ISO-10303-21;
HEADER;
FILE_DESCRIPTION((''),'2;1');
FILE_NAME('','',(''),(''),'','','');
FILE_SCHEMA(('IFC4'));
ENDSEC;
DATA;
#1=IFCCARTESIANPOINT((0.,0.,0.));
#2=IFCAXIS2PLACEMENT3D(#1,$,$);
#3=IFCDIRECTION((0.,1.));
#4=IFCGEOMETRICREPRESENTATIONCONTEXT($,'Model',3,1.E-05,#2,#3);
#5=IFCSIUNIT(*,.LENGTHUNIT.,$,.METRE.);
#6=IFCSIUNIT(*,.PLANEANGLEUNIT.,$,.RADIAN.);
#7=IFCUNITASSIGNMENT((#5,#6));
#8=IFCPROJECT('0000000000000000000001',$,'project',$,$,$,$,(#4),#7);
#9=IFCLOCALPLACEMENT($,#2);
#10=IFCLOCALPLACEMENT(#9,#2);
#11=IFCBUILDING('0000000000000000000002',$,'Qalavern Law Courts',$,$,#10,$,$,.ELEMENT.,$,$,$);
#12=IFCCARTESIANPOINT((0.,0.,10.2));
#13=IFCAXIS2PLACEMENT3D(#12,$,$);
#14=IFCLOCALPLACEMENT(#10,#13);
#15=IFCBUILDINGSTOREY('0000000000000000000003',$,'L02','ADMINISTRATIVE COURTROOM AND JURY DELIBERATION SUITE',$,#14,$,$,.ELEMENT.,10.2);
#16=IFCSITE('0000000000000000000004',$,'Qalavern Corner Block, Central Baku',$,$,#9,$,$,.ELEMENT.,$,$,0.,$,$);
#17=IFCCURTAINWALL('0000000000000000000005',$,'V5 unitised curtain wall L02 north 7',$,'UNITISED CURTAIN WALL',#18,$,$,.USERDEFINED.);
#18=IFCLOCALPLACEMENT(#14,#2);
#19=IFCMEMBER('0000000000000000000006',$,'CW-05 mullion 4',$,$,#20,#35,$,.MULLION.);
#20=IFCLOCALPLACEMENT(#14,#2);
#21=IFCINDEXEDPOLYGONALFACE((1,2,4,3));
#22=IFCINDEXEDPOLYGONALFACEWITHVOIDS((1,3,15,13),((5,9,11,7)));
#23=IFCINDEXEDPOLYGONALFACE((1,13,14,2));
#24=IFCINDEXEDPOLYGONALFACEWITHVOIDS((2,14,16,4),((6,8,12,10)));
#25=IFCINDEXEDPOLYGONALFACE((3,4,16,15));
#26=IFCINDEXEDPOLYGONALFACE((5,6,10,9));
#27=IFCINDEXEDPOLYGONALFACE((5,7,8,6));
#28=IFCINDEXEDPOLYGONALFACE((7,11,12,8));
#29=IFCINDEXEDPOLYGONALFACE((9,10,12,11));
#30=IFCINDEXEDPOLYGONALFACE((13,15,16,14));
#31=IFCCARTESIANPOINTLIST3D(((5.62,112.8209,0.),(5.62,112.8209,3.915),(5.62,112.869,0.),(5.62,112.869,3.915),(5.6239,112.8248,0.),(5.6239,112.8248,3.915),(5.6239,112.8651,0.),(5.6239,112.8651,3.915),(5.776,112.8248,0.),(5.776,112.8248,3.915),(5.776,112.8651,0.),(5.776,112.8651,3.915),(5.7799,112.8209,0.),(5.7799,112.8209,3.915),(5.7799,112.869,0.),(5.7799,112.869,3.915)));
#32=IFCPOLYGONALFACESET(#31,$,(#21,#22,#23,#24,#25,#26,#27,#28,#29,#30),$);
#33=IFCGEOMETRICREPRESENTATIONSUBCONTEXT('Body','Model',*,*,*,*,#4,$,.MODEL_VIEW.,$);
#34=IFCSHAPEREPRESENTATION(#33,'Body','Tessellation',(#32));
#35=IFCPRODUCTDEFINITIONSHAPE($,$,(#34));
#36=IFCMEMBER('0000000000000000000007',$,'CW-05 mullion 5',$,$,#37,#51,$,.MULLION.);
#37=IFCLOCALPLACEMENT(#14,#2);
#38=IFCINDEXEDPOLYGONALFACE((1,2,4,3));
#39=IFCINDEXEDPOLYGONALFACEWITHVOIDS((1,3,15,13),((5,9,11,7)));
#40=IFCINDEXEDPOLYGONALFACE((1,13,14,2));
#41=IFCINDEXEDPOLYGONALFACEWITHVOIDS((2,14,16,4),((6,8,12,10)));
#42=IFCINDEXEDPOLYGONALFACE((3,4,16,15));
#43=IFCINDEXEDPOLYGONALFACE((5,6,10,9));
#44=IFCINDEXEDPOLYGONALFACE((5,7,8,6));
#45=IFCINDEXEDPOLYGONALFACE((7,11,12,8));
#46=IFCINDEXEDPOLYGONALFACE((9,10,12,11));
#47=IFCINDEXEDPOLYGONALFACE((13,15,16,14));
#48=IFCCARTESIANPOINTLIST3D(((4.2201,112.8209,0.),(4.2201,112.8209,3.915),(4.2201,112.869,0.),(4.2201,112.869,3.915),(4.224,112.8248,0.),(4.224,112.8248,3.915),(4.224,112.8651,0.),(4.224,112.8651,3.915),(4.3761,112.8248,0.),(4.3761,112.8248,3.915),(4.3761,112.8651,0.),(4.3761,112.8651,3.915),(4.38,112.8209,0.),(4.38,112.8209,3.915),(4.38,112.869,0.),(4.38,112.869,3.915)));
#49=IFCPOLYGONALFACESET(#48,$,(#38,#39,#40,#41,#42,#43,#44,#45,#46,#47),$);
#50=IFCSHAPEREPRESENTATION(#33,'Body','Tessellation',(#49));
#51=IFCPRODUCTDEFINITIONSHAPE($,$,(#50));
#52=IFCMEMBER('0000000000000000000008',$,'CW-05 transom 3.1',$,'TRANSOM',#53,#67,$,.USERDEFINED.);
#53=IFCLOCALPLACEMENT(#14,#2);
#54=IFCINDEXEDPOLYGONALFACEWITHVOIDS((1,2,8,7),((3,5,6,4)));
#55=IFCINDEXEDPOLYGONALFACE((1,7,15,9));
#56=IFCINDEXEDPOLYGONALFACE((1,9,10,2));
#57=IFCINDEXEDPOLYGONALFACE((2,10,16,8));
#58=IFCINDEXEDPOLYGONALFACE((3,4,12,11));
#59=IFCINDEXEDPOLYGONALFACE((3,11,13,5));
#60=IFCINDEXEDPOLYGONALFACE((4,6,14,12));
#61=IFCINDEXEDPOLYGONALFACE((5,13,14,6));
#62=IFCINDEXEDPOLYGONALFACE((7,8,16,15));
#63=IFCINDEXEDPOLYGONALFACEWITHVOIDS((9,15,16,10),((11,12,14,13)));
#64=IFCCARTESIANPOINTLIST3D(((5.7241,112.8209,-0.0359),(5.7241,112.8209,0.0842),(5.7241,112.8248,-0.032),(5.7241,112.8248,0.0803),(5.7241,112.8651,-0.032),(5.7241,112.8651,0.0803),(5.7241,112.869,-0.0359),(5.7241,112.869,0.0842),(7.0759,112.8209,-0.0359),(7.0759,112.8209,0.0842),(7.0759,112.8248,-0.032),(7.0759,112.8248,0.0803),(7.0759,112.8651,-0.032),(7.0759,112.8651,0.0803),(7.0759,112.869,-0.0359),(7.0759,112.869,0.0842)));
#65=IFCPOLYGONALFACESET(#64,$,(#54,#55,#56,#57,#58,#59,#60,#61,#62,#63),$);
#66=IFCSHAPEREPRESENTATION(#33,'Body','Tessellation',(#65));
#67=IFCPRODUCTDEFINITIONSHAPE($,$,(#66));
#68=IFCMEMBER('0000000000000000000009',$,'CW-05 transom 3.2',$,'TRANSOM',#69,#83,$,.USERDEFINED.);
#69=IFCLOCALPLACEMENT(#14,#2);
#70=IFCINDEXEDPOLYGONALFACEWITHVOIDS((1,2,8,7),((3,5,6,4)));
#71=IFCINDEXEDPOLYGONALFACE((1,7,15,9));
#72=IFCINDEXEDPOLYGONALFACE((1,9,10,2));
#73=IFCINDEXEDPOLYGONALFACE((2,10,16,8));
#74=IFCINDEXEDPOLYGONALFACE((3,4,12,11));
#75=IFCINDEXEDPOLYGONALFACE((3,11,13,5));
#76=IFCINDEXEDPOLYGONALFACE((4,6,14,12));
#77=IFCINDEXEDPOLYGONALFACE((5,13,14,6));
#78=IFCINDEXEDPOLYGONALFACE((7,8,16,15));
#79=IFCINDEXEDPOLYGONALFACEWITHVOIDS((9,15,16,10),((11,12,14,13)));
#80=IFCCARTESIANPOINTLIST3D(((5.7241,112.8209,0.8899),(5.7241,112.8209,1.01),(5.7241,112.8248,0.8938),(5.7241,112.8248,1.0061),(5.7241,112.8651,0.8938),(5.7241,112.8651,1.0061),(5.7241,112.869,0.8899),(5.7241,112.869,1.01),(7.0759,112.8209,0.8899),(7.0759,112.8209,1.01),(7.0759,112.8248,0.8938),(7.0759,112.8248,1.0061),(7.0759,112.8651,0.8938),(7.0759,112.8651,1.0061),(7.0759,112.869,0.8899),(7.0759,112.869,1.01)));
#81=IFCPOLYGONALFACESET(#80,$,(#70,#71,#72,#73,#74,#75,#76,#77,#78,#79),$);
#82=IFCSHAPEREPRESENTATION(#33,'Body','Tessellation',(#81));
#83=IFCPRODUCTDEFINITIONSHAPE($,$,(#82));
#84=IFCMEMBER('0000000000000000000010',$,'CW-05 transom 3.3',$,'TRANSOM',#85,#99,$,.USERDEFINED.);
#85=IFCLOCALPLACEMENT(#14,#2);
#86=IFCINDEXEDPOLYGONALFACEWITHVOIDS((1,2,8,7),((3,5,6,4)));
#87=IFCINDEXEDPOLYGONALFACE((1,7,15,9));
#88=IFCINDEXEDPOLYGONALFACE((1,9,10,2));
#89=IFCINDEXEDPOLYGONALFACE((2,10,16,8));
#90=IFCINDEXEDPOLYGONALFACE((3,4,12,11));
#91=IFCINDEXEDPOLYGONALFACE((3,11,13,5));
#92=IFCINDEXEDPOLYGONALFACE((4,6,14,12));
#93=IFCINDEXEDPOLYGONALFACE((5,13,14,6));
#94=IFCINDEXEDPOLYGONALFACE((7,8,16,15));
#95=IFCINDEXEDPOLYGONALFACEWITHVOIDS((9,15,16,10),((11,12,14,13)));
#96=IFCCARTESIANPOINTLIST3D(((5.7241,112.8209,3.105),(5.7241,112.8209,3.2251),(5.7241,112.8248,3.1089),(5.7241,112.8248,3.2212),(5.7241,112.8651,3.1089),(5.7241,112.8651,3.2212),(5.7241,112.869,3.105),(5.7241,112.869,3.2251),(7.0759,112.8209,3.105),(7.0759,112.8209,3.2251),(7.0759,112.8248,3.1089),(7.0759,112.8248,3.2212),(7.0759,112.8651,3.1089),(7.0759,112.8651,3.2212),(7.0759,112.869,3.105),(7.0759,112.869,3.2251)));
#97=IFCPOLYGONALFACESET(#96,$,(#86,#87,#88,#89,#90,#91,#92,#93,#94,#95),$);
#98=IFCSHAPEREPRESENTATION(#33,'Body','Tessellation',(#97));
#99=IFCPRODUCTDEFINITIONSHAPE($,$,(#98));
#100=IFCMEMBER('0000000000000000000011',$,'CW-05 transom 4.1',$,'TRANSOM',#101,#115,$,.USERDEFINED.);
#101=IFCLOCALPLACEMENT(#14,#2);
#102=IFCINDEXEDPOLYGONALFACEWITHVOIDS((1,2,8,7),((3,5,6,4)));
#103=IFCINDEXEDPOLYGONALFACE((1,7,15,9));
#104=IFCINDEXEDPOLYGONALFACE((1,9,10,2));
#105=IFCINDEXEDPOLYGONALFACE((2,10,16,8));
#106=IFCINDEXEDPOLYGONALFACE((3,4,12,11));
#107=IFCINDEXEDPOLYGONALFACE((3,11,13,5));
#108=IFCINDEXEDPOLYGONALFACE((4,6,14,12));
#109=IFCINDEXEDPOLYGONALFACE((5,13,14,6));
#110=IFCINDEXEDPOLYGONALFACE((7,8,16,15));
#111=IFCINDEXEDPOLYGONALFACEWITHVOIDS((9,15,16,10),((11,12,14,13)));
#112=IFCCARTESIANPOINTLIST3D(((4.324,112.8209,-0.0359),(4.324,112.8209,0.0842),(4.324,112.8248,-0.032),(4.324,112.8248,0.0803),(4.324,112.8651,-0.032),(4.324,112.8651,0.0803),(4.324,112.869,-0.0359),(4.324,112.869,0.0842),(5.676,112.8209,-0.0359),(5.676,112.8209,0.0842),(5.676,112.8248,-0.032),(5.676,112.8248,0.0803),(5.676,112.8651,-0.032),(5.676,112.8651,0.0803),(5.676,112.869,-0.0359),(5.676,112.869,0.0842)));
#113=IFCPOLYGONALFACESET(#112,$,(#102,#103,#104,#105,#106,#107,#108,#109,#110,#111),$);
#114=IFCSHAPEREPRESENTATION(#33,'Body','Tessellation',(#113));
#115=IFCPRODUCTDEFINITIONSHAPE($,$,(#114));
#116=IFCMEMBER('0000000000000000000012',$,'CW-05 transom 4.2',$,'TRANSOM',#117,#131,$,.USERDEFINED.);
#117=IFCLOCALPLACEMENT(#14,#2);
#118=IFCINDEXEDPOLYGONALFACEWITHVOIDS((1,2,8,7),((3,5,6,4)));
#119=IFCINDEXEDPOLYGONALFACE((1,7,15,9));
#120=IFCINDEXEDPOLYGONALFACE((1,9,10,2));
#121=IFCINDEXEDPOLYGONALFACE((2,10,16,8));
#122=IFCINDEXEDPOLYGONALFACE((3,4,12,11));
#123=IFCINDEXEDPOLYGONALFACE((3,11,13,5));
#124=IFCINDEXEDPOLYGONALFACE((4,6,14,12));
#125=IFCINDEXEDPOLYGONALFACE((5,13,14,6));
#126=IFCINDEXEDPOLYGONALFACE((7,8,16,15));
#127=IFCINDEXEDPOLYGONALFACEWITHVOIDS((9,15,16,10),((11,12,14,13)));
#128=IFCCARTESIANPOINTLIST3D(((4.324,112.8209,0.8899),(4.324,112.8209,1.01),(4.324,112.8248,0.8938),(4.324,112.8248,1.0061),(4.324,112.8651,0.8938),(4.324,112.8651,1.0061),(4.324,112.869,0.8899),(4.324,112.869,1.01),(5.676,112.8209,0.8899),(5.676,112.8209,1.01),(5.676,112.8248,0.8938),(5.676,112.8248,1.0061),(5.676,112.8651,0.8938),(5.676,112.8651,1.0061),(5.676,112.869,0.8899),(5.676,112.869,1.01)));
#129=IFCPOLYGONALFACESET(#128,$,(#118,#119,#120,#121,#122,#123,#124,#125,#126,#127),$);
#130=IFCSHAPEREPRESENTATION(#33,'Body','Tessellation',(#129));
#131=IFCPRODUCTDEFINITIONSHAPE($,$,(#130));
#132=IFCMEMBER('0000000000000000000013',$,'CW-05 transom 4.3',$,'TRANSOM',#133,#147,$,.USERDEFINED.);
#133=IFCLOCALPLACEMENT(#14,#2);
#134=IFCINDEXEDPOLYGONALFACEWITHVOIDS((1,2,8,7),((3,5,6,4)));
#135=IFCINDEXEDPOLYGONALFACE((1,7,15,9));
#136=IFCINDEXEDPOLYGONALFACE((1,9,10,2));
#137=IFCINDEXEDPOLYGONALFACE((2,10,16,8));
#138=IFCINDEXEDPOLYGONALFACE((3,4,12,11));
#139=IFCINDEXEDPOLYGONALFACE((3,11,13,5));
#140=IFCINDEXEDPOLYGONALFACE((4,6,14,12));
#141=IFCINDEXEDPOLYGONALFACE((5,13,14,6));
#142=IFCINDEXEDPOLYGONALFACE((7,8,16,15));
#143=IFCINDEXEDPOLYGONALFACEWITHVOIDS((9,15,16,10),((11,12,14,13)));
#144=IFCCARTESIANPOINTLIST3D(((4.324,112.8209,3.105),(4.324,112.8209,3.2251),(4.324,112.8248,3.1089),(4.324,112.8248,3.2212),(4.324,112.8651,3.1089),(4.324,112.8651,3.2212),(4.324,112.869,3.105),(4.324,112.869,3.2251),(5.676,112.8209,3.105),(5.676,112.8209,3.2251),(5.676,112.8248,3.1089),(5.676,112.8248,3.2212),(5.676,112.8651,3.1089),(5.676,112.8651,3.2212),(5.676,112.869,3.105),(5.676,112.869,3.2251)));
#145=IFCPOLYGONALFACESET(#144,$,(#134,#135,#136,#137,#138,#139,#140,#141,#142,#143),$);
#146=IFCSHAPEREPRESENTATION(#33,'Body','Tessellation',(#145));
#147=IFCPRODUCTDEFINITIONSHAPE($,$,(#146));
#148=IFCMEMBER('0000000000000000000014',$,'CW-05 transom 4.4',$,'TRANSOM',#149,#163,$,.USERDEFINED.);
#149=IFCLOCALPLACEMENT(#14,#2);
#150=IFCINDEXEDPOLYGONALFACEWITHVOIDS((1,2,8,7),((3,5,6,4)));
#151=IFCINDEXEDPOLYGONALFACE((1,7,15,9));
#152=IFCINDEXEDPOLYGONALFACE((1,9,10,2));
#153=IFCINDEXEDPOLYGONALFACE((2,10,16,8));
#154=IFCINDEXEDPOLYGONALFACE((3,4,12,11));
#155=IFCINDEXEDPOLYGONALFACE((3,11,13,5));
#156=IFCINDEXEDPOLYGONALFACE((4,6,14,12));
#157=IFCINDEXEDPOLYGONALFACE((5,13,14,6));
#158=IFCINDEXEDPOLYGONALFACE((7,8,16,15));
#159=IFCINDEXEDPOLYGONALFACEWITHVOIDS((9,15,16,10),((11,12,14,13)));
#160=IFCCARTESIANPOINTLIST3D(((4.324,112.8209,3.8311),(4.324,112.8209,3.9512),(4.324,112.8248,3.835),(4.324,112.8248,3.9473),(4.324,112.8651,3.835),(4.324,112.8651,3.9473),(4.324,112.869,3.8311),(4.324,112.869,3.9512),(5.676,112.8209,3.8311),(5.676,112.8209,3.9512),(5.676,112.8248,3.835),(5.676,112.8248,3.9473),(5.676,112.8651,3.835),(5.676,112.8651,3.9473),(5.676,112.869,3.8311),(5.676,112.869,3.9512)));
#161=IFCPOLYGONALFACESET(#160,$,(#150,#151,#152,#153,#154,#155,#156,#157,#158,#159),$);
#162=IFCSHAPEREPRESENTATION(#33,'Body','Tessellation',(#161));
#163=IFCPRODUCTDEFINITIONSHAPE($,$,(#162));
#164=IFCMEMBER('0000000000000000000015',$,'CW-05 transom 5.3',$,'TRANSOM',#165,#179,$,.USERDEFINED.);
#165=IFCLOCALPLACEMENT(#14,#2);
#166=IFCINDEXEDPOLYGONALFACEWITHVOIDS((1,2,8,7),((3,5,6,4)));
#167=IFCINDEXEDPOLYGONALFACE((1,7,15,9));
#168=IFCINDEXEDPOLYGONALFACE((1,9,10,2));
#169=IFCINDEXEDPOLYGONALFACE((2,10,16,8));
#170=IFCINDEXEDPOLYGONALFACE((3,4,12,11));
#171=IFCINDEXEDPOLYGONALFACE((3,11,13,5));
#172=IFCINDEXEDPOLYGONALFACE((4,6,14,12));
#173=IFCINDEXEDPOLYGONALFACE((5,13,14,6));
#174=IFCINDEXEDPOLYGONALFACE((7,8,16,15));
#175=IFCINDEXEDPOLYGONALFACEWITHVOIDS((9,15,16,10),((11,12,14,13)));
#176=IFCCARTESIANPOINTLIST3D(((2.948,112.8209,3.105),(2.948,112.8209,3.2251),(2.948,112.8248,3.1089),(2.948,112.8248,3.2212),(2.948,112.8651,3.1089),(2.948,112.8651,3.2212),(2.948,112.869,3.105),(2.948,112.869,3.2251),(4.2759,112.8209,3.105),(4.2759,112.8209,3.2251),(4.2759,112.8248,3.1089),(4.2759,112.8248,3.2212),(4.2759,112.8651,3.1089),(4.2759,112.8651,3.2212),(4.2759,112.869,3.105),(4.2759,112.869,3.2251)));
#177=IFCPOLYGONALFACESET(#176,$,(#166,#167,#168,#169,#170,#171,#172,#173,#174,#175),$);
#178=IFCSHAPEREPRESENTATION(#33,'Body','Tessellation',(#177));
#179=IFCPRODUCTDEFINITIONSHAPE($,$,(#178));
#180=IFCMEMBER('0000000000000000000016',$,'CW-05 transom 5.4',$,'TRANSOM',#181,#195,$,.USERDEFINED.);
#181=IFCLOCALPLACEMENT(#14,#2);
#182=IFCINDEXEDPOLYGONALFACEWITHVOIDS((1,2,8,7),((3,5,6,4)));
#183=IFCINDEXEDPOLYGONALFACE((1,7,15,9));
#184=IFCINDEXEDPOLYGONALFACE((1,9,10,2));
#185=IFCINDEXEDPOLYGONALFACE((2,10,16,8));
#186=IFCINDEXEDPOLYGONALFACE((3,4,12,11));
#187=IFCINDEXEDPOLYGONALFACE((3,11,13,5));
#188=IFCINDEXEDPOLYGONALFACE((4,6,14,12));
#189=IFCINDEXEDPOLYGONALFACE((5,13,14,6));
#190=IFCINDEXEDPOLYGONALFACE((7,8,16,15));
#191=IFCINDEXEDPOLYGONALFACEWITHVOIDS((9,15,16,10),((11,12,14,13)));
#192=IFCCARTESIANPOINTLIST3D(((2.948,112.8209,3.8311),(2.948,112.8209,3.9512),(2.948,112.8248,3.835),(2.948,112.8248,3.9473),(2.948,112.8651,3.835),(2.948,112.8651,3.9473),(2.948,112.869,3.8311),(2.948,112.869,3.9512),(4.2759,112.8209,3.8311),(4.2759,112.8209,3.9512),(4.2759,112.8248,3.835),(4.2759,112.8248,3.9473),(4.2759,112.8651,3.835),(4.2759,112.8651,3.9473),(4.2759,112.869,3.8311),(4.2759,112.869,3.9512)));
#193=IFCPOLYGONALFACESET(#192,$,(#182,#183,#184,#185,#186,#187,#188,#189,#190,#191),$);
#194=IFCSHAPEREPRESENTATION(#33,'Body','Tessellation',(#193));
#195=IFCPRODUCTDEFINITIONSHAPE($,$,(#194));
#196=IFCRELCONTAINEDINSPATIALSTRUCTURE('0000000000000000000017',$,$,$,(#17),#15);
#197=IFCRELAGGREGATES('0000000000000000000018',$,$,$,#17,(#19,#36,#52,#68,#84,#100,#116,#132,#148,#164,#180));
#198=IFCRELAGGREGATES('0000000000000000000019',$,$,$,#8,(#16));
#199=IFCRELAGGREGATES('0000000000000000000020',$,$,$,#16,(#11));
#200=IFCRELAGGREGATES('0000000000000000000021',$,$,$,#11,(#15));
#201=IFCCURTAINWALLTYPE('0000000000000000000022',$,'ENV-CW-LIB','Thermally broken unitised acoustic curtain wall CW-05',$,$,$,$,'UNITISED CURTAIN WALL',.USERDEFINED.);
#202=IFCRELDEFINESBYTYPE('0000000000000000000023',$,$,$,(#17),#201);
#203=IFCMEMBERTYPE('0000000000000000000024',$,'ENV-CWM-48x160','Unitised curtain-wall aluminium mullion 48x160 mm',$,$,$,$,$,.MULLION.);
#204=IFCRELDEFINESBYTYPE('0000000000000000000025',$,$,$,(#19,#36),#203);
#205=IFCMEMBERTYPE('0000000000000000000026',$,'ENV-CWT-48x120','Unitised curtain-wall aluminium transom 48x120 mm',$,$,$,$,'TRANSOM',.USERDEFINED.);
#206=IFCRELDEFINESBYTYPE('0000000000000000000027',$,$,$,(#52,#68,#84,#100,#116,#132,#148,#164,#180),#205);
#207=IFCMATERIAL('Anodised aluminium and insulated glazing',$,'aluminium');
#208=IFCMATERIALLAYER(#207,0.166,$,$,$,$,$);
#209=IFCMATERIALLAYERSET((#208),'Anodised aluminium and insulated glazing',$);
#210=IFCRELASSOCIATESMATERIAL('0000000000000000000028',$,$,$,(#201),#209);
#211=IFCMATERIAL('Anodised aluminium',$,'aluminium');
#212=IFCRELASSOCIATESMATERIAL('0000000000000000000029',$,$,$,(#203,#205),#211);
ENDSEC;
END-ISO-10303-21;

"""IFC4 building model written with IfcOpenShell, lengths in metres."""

from ifc_helpers import new_model, si_unit, direction, frame, origin, origin_2d, place, context, subcontext, project, spatial, hollow_rectangle, extrude, material, layer, layer_set, material_profile, profile_set, type_object, element, aggregate, save


model = new_model("IFC4")

# Units and contexts
model_context = context("Model", 3, precision=1e-05, world=origin(), true_north=direction((0.0, 1.0)))
body_context = subcontext(model_context, "Body", "Model", "MODEL_VIEW")
ifc_project = project(units=[si_unit("LENGTHUNIT", "METRE"), si_unit("PLANEANGLEUNIT", "RADIAN")], contexts=[model_context])

# Site, building, storey
site_placement = place(None, origin())
site = spatial("IfcSite", under=ifc_project, at=site_placement, Name="Qalavern Corner Block, Central Baku", CompositionType="ELEMENT", RefElevation=0.0)
building_placement = place(site_placement, origin())
building = spatial("IfcBuilding", under=site, at=building_placement, Name="Qalavern Law Courts", CompositionType="ELEMENT")
storey_placement = place(building_placement, frame((0.0, 0.0, 10.2)))
storey = spatial("IfcBuildingStorey", under=building, at=storey_placement, Name="L02", Description="ADMINISTRATIVE COURTROOM AND JURY DELIBERATION SUITE", CompositionType="ELEMENT", Elevation=10.2)

# Curtain wall, members
ifc_material_1 = material(Name="Anodised aluminium and insulated glazing", Category="aluminium")
ifc_layer_1 = layer(ifc_material_1, 0.166)
ifc_layer_set_1 = layer_set([ifc_layer_1], Name="Anodised aluminium and insulated glazing")
curtain_wall_type = type_object("IfcCurtainWallType", Name="ENV-CW-LIB", Description="Thermally broken unitised acoustic curtain wall CW-05", ElementType="UNITISED CURTAIN WALL", PredefinedType="USERDEFINED", material=ifc_layer_set_1)
curtain_wall_placement = place(storey_placement, origin())
curtain_wall = element("IfcCurtainWall", 1, at=curtain_wall_placement, inside=storey, type_object=curtain_wall_type, Name="V5 unitised curtain wall L02 north 7", ObjectType="UNITISED CURTAIN WALL", PredefinedType="USERDEFINED")
ifc_material_2 = material(Name="Anodised aluminium", Category="aluminium")
ifc_material_profile_1 = material_profile(ifc_material_2, hollow_rectangle(XDim=0.0481, YDim=0.1599, WallThickness=0.0039, at=origin_2d()), Name="ALU MULLION 48x160")
ifc_profile_set_1 = profile_set([ifc_material_profile_1], Name="Anodised aluminium")
member_type_1 = type_object("IfcMemberType", Name="ENV-CWM-48x160", Description="Unitised curtain-wall aluminium mullion 48x160 mm", PredefinedType="MULLION", material=ifc_profile_set_1)
member_1_placement = place(storey_placement, frame((5.7, 112.845, 0.0), z_axis=(0.0, 0.0, 1.0), x_axis=(0.0, -1.0, 0.0)))
member_1 = element("IfcMember", 2, at=member_1_placement, type_object=member_type_1, Name="CW-05 mullion 4", PredefinedType="MULLION", context=body_context, shape_type="SweptSolid", body=[
    extrude(hollow_rectangle(XDim=0.0481, YDim=0.1599, WallThickness=0.0039, at=origin_2d()), origin(), (0.0, 0.0, 1.0), 3.915),
])
member_2_placement = place(storey_placement, frame((4.3, 112.845, 0.0), z_axis=(0.0, 0.0, 1.0), x_axis=(0.0, -1.0, 0.0)))
member_2 = element("IfcMember", 3, at=member_2_placement, type_object=member_type_1, Name="CW-05 mullion 5", PredefinedType="MULLION", context=body_context, shape_type="SweptSolid", body=[
    extrude(hollow_rectangle(XDim=0.0481, YDim=0.1599, WallThickness=0.0039, at=origin_2d()), origin(), (0.0, 0.0, 1.0), 3.915),
])
ifc_material_profile_2 = material_profile(ifc_material_2, hollow_rectangle(XDim=0.0481, YDim=0.1201, WallThickness=0.0039, at=origin_2d()), Name="ALU TRANSOM 48x120")
ifc_profile_set_2 = profile_set([ifc_material_profile_2], Name="Anodised aluminium")
member_type_2 = type_object("IfcMemberType", Name="ENV-CWT-48x120", Description="Unitised curtain-wall aluminium transom 48x120 mm", ElementType="TRANSOM", PredefinedType="USERDEFINED", material=ifc_profile_set_2)
member_3_placement = place(storey_placement, frame((7.0759, 112.845, 0.0242), z_axis=(-1.0, 0.0, 0.0), x_axis=(0.0, -1.0, 0.0)))
member_3 = element("IfcMember", 4, at=member_3_placement, type_object=member_type_2, Name="CW-05 transom 3.1", ObjectType="TRANSOM", PredefinedType="USERDEFINED", context=body_context, shape_type="SweptSolid", body=[
    extrude(hollow_rectangle(XDim=0.0481, YDim=0.1201, WallThickness=0.0039, at=origin_2d()), origin(), (0.0, 0.0, 1.0), 1.3518),
])
member_4_placement = place(storey_placement, frame((7.0759, 112.845, 0.95), z_axis=(-1.0, 0.0, 0.0), x_axis=(0.0, -1.0, 0.0)))
member_4 = element("IfcMember", 5, at=member_4_placement, type_object=member_type_2, Name="CW-05 transom 3.2", ObjectType="TRANSOM", PredefinedType="USERDEFINED", context=body_context, shape_type="SweptSolid", body=[
    extrude(hollow_rectangle(XDim=0.0481, YDim=0.1201, WallThickness=0.0039, at=origin_2d()), origin(), (0.0, 0.0, 1.0), 1.3518),
])
member_5_placement = place(storey_placement, frame((7.0759, 112.845, 3.165), z_axis=(-1.0, 0.0, 0.0), x_axis=(0.0, -1.0, 0.0)))
member_5 = element("IfcMember", 6, at=member_5_placement, type_object=member_type_2, Name="CW-05 transom 3.3", ObjectType="TRANSOM", PredefinedType="USERDEFINED", context=body_context, shape_type="SweptSolid", body=[
    extrude(hollow_rectangle(XDim=0.0481, YDim=0.1201, WallThickness=0.0039, at=origin_2d()), origin(), (0.0, 0.0, 1.0), 1.3518),
])
member_6_placement = place(storey_placement, frame((5.676, 112.845, 0.0242), z_axis=(-1.0, 0.0, 0.0), x_axis=(0.0, -1.0, 0.0)))
member_6 = element("IfcMember", 7, at=member_6_placement, type_object=member_type_2, Name="CW-05 transom 4.1", ObjectType="TRANSOM", PredefinedType="USERDEFINED", context=body_context, shape_type="SweptSolid", body=[
    extrude(hollow_rectangle(XDim=0.0481, YDim=0.1201, WallThickness=0.0039, at=origin_2d()), origin(), (0.0, 0.0, 1.0), 1.3521),
])
member_7_placement = place(storey_placement, frame((5.676, 112.845, 0.95), z_axis=(-1.0, 0.0, 0.0), x_axis=(0.0, -1.0, 0.0)))
member_7 = element("IfcMember", 8, at=member_7_placement, type_object=member_type_2, Name="CW-05 transom 4.2", ObjectType="TRANSOM", PredefinedType="USERDEFINED", context=body_context, shape_type="SweptSolid", body=[
    extrude(hollow_rectangle(XDim=0.0481, YDim=0.1201, WallThickness=0.0039, at=origin_2d()), origin(), (0.0, 0.0, 1.0), 1.3521),
])
member_8_placement = place(storey_placement, frame((5.676, 112.845, 3.165), z_axis=(-1.0, 0.0, 0.0), x_axis=(0.0, -1.0, 0.0)))
member_8 = element("IfcMember", 9, at=member_8_placement, type_object=member_type_2, Name="CW-05 transom 4.3", ObjectType="TRANSOM", PredefinedType="USERDEFINED", context=body_context, shape_type="SweptSolid", body=[
    extrude(hollow_rectangle(XDim=0.0481, YDim=0.1201, WallThickness=0.0039, at=origin_2d()), origin(), (0.0, 0.0, 1.0), 1.3521),
])
member_9_placement = place(storey_placement, frame((5.676, 112.845, 3.8911), z_axis=(-1.0, 0.0, 0.0), x_axis=(0.0, -1.0, 0.0)))
member_9 = element("IfcMember", 10, at=member_9_placement, type_object=member_type_2, Name="CW-05 transom 4.4", ObjectType="TRANSOM", PredefinedType="USERDEFINED", context=body_context, shape_type="SweptSolid", body=[
    extrude(hollow_rectangle(XDim=0.0481, YDim=0.1201, WallThickness=0.0039, at=origin_2d()), origin(), (0.0, 0.0, 1.0), 1.3521),
])
member_10_placement = place(storey_placement, frame((4.2759, 112.845, 3.165), z_axis=(-1.0, 0.0, 0.0), x_axis=(0.0, -1.0, 0.0)))
member_10 = element("IfcMember", 11, at=member_10_placement, type_object=member_type_2, Name="CW-05 transom 5.3", ObjectType="TRANSOM", PredefinedType="USERDEFINED", context=body_context, shape_type="SweptSolid", body=[
    extrude(hollow_rectangle(XDim=0.0481, YDim=0.1201, WallThickness=0.0039, at=origin_2d()), origin(), (0.0, 0.0, 1.0), 1.3279),
])
member_11_placement = place(storey_placement, frame((4.2759, 112.845, 3.8911), z_axis=(-1.0, 0.0, 0.0), x_axis=(0.0, -1.0, 0.0)))
member_11 = element("IfcMember", 12, at=member_11_placement, type_object=member_type_2, Name="CW-05 transom 5.4", ObjectType="TRANSOM", PredefinedType="USERDEFINED", context=body_context, shape_type="SweptSolid", body=[
    extrude(hollow_rectangle(XDim=0.0481, YDim=0.1201, WallThickness=0.0039, at=origin_2d()), origin(), (0.0, 0.0, 1.0), 1.3279),
])
aggregate(curtain_wall, [member_1, member_2, member_3, member_4, member_5, member_6, member_7, member_8, member_9, member_10, member_11])

save(model, "model.ifc")
